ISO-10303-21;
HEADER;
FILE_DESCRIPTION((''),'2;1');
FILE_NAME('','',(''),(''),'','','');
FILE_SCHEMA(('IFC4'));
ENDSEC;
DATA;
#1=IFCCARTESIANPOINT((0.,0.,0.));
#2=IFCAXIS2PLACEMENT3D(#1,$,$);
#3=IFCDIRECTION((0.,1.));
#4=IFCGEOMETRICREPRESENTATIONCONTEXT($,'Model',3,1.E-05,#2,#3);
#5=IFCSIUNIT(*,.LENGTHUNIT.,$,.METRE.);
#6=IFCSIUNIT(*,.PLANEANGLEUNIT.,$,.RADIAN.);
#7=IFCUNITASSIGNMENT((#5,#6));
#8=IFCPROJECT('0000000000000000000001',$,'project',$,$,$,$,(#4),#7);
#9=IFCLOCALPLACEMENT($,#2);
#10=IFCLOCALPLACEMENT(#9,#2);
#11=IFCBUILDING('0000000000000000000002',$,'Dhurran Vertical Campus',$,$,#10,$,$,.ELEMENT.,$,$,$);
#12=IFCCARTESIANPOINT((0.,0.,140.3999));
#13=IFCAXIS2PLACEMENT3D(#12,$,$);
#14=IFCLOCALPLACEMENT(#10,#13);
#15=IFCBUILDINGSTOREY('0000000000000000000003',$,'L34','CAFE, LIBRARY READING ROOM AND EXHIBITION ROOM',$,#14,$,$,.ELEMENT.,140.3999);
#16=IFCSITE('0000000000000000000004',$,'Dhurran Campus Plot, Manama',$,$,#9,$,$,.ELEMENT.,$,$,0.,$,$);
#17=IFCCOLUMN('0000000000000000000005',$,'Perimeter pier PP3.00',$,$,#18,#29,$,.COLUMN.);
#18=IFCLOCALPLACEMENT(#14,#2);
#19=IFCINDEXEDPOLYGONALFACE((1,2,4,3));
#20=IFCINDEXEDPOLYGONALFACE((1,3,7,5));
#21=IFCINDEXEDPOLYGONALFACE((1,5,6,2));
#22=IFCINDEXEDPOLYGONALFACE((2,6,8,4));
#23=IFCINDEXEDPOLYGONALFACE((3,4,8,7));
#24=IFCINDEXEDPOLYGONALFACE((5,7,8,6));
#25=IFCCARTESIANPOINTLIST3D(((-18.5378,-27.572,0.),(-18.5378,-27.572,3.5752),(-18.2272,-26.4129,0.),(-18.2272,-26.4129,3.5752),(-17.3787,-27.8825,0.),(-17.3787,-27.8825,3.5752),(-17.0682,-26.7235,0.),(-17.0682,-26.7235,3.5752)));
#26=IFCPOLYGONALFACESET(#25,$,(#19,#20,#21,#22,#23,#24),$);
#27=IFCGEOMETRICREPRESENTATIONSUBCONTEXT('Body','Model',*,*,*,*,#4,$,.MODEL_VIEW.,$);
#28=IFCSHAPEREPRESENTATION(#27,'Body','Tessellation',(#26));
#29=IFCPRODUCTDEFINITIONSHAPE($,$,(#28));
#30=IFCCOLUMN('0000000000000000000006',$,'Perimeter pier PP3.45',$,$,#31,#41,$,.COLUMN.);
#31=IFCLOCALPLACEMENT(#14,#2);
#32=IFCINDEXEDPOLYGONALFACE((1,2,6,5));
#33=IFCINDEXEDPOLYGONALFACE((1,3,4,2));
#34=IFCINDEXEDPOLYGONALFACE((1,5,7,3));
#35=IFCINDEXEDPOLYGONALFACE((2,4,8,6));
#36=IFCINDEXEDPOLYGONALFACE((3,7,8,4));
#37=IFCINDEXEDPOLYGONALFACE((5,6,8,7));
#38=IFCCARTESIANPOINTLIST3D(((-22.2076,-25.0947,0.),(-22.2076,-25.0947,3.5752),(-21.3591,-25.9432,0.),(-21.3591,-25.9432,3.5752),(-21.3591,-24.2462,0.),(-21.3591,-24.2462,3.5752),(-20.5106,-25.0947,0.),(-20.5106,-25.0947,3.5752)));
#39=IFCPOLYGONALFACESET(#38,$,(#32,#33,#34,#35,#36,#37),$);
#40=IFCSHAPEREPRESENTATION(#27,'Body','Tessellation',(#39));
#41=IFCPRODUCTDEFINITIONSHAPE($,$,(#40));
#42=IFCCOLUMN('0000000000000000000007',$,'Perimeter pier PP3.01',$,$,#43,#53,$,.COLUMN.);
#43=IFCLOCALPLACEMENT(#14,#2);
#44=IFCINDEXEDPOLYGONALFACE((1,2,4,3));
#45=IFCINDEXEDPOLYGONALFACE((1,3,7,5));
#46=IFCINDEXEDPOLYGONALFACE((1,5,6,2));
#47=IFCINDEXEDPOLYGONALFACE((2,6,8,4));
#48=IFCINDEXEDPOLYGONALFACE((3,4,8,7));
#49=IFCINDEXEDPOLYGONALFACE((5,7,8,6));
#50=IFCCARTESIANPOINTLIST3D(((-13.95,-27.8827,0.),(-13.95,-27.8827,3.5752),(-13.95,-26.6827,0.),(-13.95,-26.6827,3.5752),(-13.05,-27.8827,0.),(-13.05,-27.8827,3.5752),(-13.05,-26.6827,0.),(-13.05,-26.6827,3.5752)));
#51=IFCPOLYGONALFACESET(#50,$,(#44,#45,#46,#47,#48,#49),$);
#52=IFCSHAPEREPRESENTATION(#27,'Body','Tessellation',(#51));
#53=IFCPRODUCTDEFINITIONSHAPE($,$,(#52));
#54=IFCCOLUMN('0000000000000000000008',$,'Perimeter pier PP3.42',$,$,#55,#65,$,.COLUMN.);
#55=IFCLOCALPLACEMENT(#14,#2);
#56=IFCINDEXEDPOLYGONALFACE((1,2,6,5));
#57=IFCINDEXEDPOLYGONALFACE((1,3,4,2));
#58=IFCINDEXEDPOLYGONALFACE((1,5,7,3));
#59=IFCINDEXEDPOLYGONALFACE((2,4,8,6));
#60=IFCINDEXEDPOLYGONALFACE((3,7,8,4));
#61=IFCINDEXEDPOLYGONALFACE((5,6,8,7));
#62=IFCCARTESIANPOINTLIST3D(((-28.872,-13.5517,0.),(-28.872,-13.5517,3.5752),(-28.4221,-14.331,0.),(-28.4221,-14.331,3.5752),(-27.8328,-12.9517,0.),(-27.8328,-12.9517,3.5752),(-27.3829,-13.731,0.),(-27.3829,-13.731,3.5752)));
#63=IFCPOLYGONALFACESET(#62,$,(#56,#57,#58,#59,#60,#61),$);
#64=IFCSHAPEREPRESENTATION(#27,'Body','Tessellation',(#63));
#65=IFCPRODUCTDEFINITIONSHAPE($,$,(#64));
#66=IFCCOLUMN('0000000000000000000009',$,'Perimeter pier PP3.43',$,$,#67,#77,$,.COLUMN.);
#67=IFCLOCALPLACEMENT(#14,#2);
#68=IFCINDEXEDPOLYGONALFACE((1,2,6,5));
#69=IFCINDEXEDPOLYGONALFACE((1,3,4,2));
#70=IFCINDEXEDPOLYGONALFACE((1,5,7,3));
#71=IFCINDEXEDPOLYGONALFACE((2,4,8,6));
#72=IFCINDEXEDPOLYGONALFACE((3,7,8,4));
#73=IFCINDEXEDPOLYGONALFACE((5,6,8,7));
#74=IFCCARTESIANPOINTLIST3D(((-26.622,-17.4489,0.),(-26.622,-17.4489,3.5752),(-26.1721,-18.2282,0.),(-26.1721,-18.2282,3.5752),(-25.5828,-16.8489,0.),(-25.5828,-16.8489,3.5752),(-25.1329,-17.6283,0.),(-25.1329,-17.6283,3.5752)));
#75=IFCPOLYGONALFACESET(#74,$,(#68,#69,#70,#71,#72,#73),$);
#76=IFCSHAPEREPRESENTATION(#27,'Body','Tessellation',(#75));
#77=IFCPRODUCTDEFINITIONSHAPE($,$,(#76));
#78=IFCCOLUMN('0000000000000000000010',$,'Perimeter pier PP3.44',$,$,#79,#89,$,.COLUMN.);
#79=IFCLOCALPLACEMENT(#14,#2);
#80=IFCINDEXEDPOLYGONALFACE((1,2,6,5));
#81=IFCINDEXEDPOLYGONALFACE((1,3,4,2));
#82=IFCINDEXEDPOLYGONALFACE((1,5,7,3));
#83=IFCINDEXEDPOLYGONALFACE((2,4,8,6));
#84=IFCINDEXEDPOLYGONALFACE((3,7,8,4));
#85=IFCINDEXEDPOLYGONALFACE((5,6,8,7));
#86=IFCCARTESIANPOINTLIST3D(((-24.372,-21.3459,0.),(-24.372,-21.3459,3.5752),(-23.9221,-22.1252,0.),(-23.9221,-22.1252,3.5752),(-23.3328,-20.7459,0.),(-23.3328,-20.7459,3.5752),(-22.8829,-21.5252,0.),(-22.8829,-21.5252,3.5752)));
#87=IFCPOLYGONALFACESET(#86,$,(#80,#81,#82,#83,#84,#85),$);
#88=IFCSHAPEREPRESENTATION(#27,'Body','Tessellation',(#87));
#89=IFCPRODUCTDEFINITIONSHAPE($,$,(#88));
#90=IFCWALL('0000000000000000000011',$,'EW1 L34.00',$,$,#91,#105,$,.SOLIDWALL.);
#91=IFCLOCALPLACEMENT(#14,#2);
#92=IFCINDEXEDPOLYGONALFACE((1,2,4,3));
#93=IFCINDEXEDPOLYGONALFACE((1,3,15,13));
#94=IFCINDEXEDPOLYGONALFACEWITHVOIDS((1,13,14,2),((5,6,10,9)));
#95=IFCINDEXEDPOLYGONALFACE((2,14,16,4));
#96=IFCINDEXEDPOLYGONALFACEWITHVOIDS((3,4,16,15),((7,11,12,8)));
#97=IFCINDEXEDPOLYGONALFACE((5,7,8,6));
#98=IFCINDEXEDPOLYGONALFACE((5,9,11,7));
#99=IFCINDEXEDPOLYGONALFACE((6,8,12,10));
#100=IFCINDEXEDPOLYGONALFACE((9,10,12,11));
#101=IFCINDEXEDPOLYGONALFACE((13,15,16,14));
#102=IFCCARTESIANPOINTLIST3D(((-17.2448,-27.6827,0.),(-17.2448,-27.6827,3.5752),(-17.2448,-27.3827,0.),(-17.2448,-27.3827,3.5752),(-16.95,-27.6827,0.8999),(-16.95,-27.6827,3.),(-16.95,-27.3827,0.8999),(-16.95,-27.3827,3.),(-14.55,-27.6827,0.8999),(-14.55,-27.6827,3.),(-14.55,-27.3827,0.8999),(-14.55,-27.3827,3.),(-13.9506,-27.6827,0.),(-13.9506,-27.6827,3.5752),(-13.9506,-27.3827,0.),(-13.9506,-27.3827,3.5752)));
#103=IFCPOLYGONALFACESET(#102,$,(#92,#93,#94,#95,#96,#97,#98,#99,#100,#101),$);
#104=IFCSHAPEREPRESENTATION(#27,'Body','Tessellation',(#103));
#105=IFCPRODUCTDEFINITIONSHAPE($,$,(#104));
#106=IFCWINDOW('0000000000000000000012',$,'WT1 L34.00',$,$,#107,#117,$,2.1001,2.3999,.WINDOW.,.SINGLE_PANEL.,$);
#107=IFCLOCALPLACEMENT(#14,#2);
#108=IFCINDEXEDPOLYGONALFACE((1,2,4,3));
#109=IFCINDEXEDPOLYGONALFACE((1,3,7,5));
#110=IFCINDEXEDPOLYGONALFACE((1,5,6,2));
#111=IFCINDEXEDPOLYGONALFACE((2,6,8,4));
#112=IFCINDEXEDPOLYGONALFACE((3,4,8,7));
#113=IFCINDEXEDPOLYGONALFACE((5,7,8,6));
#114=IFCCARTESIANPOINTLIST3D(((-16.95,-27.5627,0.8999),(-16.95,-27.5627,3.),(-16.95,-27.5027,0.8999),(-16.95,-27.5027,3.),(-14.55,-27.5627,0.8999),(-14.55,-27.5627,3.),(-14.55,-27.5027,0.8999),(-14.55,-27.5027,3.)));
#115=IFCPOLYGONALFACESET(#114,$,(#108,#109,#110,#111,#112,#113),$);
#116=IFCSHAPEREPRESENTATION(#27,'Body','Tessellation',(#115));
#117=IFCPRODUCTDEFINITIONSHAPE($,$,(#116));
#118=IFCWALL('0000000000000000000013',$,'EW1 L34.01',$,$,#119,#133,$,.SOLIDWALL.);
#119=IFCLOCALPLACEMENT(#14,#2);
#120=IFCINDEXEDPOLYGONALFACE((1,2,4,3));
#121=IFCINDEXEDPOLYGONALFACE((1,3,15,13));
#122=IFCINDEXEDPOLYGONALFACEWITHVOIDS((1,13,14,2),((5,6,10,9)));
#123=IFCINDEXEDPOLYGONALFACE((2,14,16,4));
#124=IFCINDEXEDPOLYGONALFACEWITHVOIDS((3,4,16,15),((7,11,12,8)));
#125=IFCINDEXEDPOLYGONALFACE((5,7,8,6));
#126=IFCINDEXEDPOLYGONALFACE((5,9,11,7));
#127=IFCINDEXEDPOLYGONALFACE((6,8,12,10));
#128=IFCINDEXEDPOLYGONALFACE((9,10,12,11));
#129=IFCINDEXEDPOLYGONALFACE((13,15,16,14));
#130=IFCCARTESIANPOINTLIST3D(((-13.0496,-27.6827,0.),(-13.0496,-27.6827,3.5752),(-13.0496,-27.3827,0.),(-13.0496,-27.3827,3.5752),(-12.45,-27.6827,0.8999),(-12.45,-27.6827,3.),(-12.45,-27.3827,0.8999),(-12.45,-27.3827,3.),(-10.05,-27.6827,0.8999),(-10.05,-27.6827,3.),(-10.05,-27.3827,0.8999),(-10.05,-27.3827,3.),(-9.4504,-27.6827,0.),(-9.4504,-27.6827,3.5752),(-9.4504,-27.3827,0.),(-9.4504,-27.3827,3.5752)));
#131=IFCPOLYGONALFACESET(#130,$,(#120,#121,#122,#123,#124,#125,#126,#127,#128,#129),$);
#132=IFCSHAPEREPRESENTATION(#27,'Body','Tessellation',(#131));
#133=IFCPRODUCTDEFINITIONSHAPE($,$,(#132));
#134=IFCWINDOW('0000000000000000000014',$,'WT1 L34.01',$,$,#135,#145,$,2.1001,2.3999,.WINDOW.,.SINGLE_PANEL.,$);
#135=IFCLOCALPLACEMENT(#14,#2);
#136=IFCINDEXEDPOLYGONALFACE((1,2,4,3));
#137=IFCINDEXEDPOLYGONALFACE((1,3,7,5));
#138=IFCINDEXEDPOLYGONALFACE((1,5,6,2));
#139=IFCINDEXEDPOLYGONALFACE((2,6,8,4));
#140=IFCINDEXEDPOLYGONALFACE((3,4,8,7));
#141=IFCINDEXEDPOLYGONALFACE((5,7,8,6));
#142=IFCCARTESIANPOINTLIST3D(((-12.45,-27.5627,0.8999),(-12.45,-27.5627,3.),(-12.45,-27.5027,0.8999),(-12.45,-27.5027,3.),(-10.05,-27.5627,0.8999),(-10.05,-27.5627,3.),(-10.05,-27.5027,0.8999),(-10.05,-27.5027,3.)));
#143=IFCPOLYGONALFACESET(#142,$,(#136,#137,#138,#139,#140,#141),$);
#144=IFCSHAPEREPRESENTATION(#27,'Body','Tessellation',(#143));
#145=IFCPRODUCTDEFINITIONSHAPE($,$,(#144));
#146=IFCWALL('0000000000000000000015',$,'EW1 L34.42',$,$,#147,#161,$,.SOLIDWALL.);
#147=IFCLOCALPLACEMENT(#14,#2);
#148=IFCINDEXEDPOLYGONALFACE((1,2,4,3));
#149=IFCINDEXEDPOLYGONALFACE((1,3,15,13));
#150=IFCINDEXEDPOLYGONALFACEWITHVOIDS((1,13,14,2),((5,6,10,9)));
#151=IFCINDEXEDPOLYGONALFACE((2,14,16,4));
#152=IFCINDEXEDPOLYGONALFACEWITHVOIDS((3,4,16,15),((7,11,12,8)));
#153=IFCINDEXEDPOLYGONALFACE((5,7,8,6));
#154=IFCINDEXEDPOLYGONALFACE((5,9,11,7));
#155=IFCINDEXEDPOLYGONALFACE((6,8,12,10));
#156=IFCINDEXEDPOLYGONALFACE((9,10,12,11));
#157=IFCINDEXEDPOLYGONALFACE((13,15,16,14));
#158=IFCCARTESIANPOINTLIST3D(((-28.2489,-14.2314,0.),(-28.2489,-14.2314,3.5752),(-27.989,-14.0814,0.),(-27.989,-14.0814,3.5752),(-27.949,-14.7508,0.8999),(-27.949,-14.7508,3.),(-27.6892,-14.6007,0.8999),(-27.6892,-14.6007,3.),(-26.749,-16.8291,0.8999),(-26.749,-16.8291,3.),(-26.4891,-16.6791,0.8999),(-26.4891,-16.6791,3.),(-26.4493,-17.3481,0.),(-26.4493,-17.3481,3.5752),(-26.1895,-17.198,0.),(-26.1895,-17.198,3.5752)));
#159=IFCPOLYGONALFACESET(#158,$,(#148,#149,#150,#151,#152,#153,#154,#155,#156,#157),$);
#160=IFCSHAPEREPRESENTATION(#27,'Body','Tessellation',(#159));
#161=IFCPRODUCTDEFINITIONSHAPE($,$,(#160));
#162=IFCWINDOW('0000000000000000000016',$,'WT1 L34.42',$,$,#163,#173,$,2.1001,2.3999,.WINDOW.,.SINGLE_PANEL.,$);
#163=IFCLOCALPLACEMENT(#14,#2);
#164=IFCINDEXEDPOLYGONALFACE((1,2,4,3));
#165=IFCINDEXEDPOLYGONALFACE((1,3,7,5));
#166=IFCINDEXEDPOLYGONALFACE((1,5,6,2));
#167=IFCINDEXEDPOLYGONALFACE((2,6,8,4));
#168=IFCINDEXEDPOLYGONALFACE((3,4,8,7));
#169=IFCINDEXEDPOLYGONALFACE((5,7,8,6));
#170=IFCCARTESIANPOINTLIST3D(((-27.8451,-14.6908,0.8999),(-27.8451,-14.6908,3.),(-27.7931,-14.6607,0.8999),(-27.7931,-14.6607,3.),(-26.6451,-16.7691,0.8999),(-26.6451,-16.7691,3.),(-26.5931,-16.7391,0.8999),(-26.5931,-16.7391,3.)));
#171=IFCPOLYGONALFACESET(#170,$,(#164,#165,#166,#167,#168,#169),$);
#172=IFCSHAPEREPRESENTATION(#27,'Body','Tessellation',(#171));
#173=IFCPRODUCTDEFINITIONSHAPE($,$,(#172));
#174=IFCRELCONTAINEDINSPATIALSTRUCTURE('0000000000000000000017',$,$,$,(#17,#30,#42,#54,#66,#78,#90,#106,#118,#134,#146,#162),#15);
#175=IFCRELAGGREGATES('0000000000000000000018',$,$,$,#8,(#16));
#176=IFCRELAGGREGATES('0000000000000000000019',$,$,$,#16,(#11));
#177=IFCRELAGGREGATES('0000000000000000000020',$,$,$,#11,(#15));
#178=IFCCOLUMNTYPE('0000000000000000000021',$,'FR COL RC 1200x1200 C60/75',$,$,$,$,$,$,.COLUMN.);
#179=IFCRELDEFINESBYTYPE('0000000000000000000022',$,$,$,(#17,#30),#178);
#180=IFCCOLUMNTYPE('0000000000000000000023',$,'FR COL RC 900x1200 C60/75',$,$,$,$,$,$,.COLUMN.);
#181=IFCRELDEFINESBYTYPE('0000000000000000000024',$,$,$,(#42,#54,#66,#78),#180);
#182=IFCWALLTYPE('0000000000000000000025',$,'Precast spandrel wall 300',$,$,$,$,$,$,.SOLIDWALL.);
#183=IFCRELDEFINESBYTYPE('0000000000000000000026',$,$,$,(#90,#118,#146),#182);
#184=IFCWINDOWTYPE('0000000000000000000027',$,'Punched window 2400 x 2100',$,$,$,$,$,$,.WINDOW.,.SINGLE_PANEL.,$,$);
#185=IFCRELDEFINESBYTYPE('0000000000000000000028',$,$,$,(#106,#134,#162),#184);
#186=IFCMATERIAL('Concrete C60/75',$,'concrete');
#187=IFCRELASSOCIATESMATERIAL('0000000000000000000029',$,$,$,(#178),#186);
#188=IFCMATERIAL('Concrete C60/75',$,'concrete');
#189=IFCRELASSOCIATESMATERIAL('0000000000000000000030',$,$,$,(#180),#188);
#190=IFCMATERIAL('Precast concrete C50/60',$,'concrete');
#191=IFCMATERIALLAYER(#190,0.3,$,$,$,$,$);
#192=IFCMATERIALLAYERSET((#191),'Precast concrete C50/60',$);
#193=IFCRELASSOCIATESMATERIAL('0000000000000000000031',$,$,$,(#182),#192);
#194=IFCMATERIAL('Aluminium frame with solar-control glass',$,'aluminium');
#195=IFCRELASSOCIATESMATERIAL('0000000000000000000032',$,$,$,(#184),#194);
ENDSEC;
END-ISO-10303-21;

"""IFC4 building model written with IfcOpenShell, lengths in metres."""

from ifc_helpers import new_model, si_unit, direction, frame, frame_2d, origin, origin_2d, place, context, subcontext, project, spatial, rectangle, extrude, material, layer, layer_set, material_profile, profile_set, type_object, element, fill, save


model = new_model("IFC4")

# Units and contexts
model_context = context("Model", 3, precision=1e-05, world=origin(), true_north=direction((0.0, 1.0)))
body_context = subcontext(model_context, "Body", "Model", "MODEL_VIEW")
ifc_project = project(units=[si_unit("LENGTHUNIT", "METRE"), si_unit("PLANEANGLEUNIT", "RADIAN")], contexts=[model_context])

# Site, building, storey
site_placement = place(None, origin())
site = spatial("IfcSite", under=ifc_project, at=site_placement, Name="Dhurran Campus Plot, Manama", CompositionType="ELEMENT", RefElevation=0.0)
building_placement = place(site_placement, origin())
building = spatial("IfcBuilding", under=site, at=building_placement, Name="Dhurran Vertical Campus", CompositionType="ELEMENT")
storey_placement = place(building_placement, frame((0.0, 0.0, 140.3999)))
storey = spatial("IfcBuildingStorey", under=building, at=storey_placement, Name="L34", Description="CAFE, LIBRARY READING ROOM AND EXHIBITION ROOM", CompositionType="ELEMENT", Elevation=140.3999)

# Columns
ifc_material_1 = material(Name="Concrete C60/75", Category="concrete")
ifc_material_profile_1 = material_profile(ifc_material_1, rectangle(XDim=1.2, YDim=1.2, at=origin_2d()), Name="RC 1200x1200")
ifc_profile_set_1 = profile_set([ifc_material_profile_1], Name="Concrete C60/75")
column_type_1 = type_object("IfcColumnType", Name="FR COL RC 1200x1200 C60/75", PredefinedType="COLUMN", material=ifc_profile_set_1)
for number, where, z_axis, x_axis, name in (
    (1, (-17.803, -27.1477, 0.0), (0.0, 0.0, 1.0), (0.965926, -0.258819, 0.0), "Perimeter pier PP3.00"),
    (2, (-21.3591, -25.0947, 0.0), (0.0, 0.0, 1.0), (0.707107, -0.707107, 0.0), "Perimeter pier PP3.45"),
):
    element("IfcColumn", number, at=place(storey_placement, frame(where, z_axis=z_axis, x_axis=x_axis)), inside=storey, type_object=column_type_1, Name=name, PredefinedType="COLUMN", context=body_context, shape_type="SweptSolid", body=[
        extrude(rectangle(XDim=1.2, YDim=1.2, at=origin_2d()), origin(), (0.0, 0.0, 1.0), 3.5752),
    ])
ifc_material_2 = material(Name="Concrete C60/75", Category="concrete")
ifc_material_profile_2 = material_profile(ifc_material_2, rectangle(XDim=0.8999, YDim=1.2, at=origin_2d()), Name="RC 900x1200")
ifc_profile_set_2 = profile_set([ifc_material_profile_2], Name="Concrete C60/75")
column_type_2 = type_object("IfcColumnType", Name="FR COL RC 900x1200 C60/75", PredefinedType="COLUMN", material=ifc_profile_set_2)
for number, where, z_axis, x_axis, name in (
    (3, (-13.5, -27.2827, 0.0), (0.0, 0.0, 1.0), (1.0, 0.0, 0.0), "Perimeter pier PP3.01"),
    (4, (-28.1274, -13.6414, 0.0), (0.0, 0.0, 1.0), (0.5, -0.866025, 0.0), "Perimeter pier PP3.42"),
    (5, (-25.8774, -17.5386, 0.0), (0.0, 0.0, 1.0), (0.5, -0.866025, 0.0), "Perimeter pier PP3.43"),
    (6, (-23.6274, -21.4355, 0.0), (0.0, 0.0, 1.0), (0.5, -0.866025, 0.0), "Perimeter pier PP3.44"),
):
    element("IfcColumn", number, at=place(storey_placement, frame(where, z_axis=z_axis, x_axis=x_axis)), inside=storey, type_object=column_type_2, Name=name, PredefinedType="COLUMN", context=body_context, shape_type="SweptSolid", body=[
        extrude(rectangle(XDim=0.8999, YDim=1.2, at=origin_2d()), origin(), (0.0, 0.0, 1.0), 3.5752),
    ])

# Walls, openings, windows
ifc_material_3 = material(Name="Precast concrete C50/60", Category="concrete")
ifc_layer_1 = layer(ifc_material_3, 0.3)
ifc_layer_set_1 = layer_set([ifc_layer_1], Name="Precast concrete C50/60")
wall_type_1 = type_object("IfcWallType", Name="Precast spandrel wall 300", PredefinedType="SOLIDWALL", material=ifc_layer_set_1)
wall_1_placement = place(storey_placement, frame((-17.2446, -27.5327, 0.0), z_axis=(0.0, 0.0, 1.0), x_axis=(1.0, 0.0, 0.0)))
wall_1 = element("IfcWall", 7, at=wall_1_placement, inside=storey, type_object=wall_type_1, Name="EW1 L34.00", PredefinedType="SOLIDWALL", context=body_context, shape_type="SweptSolid", body=[
    extrude(rectangle(XDim=3.2942, YDim=0.3, at=frame_2d((1.647, 0.0))), origin(), (0.0, 0.0, 1.0), 3.5752),
])
opening_1_placement = place(wall_1_placement, frame((0.2947, 0.0, 0.8999)))
opening_1 = element("IfcOpeningElement", 8, at=opening_1_placement, cuts=wall_1, PredefinedType="OPENING", context=body_context, shape_type="SweptSolid", body=[
    extrude(rectangle(XDim=2.3999, YDim=2.1001, at=frame_2d((1.2, 1.05))), frame((0.0, 0.1599, 0.0), z_axis=(0.0, -1.0, 0.0), x_axis=(1.0, 0.0, 0.0)), (0.0, 0.0, 1.0), 0.3201),
])
ifc_material_4 = material(Name="Aluminium frame with solar-control glass", Category="aluminium")
window_type = type_object("IfcWindowType", Name="Punched window 2400 x 2100", PartitioningType="SINGLE_PANEL", PredefinedType="WINDOW", material=ifc_material_4)
window_1_placement = place(opening_1_placement, origin())
window_1 = element("IfcWindow", 9, at=window_1_placement, inside=storey, type_object=window_type, Name="WT1 L34.00", OverallHeight=2.1001, OverallWidth=2.3999, PartitioningType="SINGLE_PANEL", PredefinedType="WINDOW", context=body_context, shape_type="SweptSolid", body=[
    extrude(rectangle(XDim=2.3999, YDim=2.1001, at=frame_2d((1.2, 1.05))), frame((0.0, 0.03, 0.0), z_axis=(0.0, -1.0, 0.0), x_axis=(1.0, 0.0, 0.0)), (0.0, 0.0, 1.0), 0.0601),
])
fill(opening_1, window_1)
wall_2_placement = place(storey_placement, frame((-13.0496, -27.5327, 0.0), z_axis=(0.0, 0.0, 1.0), x_axis=(1.0, 0.0, 0.0)))
wall_2 = element("IfcWall", 10, at=wall_2_placement, inside=storey, type_object=wall_type_1, Name="EW1 L34.01", PredefinedType="SOLIDWALL", context=body_context, shape_type="SweptSolid", body=[
    extrude(rectangle(XDim=3.5991, YDim=0.3, at=frame_2d((1.7996, 0.0))), origin(), (0.0, 0.0, 1.0), 3.5752),
])
opening_2_placement = place(wall_2_placement, frame((0.5996, 0.0, 0.8999)))
opening_2 = element("IfcOpeningElement", 11, at=opening_2_placement, cuts=wall_2, PredefinedType="OPENING", context=body_context, shape_type="SweptSolid", body=[
    extrude(rectangle(XDim=2.3999, YDim=2.1001, at=frame_2d((1.2, 1.05))), frame((0.0, 0.1599, 0.0), z_axis=(0.0, -1.0, 0.0), x_axis=(1.0, 0.0, 0.0)), (0.0, 0.0, 1.0), 0.3201),
])
window_2_placement = place(opening_2_placement, origin())
window_2 = element("IfcWindow", 12, at=window_2_placement, inside=storey, type_object=window_type, Name="WT1 L34.01", OverallHeight=2.1001, OverallWidth=2.3999, PartitioningType="SINGLE_PANEL", PredefinedType="WINDOW", context=body_context, shape_type="SweptSolid", body=[
    extrude(rectangle(XDim=2.3999, YDim=2.1001, at=frame_2d((1.2, 1.05))), frame((0.0, 0.03, 0.0), z_axis=(0.0, -1.0, 0.0), x_axis=(1.0, 0.0, 0.0)), (0.0, 0.0, 1.0), 0.0601),
])
fill(opening_2, window_2)
wall_3_placement = place(storey_placement, frame((-28.1189, -14.1565, 0.0), z_axis=(0.0, 0.0, 1.0), x_axis=(0.500028, -0.866009, 0.0)))
wall_3 = element("IfcWall", 13, at=wall_3_placement, inside=storey, type_object=wall_type_1, Name="EW1 L34.42", PredefinedType="SOLIDWALL", context=body_context, shape_type="SweptSolid", body=[
    extrude(rectangle(XDim=3.5989, YDim=0.3, at=frame_2d((1.7993, 0.0))), origin(), (0.0, 0.0, 1.0), 3.5752),
])
opening_3_placement = place(wall_3_placement, frame((0.5996, 0.0, 0.8999)))
opening_3 = element("IfcOpeningElement", 14, at=opening_3_placement, cuts=wall_3, PredefinedType="OPENING", context=body_context, shape_type="SweptSolid", body=[
    extrude(rectangle(XDim=2.3999, YDim=2.1001, at=frame_2d((1.2, 1.05))), frame((0.0, 0.1599, 0.0), z_axis=(0.0, -1.0, 0.0), x_axis=(1.0, 0.0, 0.0)), (0.0, 0.0, 1.0), 0.3201),
])
window_3_placement = place(opening_3_placement, origin())
window_3 = element("IfcWindow", 15, at=window_3_placement, inside=storey, type_object=window_type, Name="WT1 L34.42", OverallHeight=2.1001, OverallWidth=2.3999, PartitioningType="SINGLE_PANEL", PredefinedType="WINDOW", context=body_context, shape_type="SweptSolid", body=[
    extrude(rectangle(XDim=2.3999, YDim=2.1001, at=frame_2d((1.2, 1.05))), frame((0.0, 0.03, 0.0), z_axis=(0.0, -1.0, 0.0), x_axis=(1.0, 0.0, 0.0)), (0.0, 0.0, 1.0), 0.0601),
])
fill(opening_3, window_3)

save(model, "model.ifc")
